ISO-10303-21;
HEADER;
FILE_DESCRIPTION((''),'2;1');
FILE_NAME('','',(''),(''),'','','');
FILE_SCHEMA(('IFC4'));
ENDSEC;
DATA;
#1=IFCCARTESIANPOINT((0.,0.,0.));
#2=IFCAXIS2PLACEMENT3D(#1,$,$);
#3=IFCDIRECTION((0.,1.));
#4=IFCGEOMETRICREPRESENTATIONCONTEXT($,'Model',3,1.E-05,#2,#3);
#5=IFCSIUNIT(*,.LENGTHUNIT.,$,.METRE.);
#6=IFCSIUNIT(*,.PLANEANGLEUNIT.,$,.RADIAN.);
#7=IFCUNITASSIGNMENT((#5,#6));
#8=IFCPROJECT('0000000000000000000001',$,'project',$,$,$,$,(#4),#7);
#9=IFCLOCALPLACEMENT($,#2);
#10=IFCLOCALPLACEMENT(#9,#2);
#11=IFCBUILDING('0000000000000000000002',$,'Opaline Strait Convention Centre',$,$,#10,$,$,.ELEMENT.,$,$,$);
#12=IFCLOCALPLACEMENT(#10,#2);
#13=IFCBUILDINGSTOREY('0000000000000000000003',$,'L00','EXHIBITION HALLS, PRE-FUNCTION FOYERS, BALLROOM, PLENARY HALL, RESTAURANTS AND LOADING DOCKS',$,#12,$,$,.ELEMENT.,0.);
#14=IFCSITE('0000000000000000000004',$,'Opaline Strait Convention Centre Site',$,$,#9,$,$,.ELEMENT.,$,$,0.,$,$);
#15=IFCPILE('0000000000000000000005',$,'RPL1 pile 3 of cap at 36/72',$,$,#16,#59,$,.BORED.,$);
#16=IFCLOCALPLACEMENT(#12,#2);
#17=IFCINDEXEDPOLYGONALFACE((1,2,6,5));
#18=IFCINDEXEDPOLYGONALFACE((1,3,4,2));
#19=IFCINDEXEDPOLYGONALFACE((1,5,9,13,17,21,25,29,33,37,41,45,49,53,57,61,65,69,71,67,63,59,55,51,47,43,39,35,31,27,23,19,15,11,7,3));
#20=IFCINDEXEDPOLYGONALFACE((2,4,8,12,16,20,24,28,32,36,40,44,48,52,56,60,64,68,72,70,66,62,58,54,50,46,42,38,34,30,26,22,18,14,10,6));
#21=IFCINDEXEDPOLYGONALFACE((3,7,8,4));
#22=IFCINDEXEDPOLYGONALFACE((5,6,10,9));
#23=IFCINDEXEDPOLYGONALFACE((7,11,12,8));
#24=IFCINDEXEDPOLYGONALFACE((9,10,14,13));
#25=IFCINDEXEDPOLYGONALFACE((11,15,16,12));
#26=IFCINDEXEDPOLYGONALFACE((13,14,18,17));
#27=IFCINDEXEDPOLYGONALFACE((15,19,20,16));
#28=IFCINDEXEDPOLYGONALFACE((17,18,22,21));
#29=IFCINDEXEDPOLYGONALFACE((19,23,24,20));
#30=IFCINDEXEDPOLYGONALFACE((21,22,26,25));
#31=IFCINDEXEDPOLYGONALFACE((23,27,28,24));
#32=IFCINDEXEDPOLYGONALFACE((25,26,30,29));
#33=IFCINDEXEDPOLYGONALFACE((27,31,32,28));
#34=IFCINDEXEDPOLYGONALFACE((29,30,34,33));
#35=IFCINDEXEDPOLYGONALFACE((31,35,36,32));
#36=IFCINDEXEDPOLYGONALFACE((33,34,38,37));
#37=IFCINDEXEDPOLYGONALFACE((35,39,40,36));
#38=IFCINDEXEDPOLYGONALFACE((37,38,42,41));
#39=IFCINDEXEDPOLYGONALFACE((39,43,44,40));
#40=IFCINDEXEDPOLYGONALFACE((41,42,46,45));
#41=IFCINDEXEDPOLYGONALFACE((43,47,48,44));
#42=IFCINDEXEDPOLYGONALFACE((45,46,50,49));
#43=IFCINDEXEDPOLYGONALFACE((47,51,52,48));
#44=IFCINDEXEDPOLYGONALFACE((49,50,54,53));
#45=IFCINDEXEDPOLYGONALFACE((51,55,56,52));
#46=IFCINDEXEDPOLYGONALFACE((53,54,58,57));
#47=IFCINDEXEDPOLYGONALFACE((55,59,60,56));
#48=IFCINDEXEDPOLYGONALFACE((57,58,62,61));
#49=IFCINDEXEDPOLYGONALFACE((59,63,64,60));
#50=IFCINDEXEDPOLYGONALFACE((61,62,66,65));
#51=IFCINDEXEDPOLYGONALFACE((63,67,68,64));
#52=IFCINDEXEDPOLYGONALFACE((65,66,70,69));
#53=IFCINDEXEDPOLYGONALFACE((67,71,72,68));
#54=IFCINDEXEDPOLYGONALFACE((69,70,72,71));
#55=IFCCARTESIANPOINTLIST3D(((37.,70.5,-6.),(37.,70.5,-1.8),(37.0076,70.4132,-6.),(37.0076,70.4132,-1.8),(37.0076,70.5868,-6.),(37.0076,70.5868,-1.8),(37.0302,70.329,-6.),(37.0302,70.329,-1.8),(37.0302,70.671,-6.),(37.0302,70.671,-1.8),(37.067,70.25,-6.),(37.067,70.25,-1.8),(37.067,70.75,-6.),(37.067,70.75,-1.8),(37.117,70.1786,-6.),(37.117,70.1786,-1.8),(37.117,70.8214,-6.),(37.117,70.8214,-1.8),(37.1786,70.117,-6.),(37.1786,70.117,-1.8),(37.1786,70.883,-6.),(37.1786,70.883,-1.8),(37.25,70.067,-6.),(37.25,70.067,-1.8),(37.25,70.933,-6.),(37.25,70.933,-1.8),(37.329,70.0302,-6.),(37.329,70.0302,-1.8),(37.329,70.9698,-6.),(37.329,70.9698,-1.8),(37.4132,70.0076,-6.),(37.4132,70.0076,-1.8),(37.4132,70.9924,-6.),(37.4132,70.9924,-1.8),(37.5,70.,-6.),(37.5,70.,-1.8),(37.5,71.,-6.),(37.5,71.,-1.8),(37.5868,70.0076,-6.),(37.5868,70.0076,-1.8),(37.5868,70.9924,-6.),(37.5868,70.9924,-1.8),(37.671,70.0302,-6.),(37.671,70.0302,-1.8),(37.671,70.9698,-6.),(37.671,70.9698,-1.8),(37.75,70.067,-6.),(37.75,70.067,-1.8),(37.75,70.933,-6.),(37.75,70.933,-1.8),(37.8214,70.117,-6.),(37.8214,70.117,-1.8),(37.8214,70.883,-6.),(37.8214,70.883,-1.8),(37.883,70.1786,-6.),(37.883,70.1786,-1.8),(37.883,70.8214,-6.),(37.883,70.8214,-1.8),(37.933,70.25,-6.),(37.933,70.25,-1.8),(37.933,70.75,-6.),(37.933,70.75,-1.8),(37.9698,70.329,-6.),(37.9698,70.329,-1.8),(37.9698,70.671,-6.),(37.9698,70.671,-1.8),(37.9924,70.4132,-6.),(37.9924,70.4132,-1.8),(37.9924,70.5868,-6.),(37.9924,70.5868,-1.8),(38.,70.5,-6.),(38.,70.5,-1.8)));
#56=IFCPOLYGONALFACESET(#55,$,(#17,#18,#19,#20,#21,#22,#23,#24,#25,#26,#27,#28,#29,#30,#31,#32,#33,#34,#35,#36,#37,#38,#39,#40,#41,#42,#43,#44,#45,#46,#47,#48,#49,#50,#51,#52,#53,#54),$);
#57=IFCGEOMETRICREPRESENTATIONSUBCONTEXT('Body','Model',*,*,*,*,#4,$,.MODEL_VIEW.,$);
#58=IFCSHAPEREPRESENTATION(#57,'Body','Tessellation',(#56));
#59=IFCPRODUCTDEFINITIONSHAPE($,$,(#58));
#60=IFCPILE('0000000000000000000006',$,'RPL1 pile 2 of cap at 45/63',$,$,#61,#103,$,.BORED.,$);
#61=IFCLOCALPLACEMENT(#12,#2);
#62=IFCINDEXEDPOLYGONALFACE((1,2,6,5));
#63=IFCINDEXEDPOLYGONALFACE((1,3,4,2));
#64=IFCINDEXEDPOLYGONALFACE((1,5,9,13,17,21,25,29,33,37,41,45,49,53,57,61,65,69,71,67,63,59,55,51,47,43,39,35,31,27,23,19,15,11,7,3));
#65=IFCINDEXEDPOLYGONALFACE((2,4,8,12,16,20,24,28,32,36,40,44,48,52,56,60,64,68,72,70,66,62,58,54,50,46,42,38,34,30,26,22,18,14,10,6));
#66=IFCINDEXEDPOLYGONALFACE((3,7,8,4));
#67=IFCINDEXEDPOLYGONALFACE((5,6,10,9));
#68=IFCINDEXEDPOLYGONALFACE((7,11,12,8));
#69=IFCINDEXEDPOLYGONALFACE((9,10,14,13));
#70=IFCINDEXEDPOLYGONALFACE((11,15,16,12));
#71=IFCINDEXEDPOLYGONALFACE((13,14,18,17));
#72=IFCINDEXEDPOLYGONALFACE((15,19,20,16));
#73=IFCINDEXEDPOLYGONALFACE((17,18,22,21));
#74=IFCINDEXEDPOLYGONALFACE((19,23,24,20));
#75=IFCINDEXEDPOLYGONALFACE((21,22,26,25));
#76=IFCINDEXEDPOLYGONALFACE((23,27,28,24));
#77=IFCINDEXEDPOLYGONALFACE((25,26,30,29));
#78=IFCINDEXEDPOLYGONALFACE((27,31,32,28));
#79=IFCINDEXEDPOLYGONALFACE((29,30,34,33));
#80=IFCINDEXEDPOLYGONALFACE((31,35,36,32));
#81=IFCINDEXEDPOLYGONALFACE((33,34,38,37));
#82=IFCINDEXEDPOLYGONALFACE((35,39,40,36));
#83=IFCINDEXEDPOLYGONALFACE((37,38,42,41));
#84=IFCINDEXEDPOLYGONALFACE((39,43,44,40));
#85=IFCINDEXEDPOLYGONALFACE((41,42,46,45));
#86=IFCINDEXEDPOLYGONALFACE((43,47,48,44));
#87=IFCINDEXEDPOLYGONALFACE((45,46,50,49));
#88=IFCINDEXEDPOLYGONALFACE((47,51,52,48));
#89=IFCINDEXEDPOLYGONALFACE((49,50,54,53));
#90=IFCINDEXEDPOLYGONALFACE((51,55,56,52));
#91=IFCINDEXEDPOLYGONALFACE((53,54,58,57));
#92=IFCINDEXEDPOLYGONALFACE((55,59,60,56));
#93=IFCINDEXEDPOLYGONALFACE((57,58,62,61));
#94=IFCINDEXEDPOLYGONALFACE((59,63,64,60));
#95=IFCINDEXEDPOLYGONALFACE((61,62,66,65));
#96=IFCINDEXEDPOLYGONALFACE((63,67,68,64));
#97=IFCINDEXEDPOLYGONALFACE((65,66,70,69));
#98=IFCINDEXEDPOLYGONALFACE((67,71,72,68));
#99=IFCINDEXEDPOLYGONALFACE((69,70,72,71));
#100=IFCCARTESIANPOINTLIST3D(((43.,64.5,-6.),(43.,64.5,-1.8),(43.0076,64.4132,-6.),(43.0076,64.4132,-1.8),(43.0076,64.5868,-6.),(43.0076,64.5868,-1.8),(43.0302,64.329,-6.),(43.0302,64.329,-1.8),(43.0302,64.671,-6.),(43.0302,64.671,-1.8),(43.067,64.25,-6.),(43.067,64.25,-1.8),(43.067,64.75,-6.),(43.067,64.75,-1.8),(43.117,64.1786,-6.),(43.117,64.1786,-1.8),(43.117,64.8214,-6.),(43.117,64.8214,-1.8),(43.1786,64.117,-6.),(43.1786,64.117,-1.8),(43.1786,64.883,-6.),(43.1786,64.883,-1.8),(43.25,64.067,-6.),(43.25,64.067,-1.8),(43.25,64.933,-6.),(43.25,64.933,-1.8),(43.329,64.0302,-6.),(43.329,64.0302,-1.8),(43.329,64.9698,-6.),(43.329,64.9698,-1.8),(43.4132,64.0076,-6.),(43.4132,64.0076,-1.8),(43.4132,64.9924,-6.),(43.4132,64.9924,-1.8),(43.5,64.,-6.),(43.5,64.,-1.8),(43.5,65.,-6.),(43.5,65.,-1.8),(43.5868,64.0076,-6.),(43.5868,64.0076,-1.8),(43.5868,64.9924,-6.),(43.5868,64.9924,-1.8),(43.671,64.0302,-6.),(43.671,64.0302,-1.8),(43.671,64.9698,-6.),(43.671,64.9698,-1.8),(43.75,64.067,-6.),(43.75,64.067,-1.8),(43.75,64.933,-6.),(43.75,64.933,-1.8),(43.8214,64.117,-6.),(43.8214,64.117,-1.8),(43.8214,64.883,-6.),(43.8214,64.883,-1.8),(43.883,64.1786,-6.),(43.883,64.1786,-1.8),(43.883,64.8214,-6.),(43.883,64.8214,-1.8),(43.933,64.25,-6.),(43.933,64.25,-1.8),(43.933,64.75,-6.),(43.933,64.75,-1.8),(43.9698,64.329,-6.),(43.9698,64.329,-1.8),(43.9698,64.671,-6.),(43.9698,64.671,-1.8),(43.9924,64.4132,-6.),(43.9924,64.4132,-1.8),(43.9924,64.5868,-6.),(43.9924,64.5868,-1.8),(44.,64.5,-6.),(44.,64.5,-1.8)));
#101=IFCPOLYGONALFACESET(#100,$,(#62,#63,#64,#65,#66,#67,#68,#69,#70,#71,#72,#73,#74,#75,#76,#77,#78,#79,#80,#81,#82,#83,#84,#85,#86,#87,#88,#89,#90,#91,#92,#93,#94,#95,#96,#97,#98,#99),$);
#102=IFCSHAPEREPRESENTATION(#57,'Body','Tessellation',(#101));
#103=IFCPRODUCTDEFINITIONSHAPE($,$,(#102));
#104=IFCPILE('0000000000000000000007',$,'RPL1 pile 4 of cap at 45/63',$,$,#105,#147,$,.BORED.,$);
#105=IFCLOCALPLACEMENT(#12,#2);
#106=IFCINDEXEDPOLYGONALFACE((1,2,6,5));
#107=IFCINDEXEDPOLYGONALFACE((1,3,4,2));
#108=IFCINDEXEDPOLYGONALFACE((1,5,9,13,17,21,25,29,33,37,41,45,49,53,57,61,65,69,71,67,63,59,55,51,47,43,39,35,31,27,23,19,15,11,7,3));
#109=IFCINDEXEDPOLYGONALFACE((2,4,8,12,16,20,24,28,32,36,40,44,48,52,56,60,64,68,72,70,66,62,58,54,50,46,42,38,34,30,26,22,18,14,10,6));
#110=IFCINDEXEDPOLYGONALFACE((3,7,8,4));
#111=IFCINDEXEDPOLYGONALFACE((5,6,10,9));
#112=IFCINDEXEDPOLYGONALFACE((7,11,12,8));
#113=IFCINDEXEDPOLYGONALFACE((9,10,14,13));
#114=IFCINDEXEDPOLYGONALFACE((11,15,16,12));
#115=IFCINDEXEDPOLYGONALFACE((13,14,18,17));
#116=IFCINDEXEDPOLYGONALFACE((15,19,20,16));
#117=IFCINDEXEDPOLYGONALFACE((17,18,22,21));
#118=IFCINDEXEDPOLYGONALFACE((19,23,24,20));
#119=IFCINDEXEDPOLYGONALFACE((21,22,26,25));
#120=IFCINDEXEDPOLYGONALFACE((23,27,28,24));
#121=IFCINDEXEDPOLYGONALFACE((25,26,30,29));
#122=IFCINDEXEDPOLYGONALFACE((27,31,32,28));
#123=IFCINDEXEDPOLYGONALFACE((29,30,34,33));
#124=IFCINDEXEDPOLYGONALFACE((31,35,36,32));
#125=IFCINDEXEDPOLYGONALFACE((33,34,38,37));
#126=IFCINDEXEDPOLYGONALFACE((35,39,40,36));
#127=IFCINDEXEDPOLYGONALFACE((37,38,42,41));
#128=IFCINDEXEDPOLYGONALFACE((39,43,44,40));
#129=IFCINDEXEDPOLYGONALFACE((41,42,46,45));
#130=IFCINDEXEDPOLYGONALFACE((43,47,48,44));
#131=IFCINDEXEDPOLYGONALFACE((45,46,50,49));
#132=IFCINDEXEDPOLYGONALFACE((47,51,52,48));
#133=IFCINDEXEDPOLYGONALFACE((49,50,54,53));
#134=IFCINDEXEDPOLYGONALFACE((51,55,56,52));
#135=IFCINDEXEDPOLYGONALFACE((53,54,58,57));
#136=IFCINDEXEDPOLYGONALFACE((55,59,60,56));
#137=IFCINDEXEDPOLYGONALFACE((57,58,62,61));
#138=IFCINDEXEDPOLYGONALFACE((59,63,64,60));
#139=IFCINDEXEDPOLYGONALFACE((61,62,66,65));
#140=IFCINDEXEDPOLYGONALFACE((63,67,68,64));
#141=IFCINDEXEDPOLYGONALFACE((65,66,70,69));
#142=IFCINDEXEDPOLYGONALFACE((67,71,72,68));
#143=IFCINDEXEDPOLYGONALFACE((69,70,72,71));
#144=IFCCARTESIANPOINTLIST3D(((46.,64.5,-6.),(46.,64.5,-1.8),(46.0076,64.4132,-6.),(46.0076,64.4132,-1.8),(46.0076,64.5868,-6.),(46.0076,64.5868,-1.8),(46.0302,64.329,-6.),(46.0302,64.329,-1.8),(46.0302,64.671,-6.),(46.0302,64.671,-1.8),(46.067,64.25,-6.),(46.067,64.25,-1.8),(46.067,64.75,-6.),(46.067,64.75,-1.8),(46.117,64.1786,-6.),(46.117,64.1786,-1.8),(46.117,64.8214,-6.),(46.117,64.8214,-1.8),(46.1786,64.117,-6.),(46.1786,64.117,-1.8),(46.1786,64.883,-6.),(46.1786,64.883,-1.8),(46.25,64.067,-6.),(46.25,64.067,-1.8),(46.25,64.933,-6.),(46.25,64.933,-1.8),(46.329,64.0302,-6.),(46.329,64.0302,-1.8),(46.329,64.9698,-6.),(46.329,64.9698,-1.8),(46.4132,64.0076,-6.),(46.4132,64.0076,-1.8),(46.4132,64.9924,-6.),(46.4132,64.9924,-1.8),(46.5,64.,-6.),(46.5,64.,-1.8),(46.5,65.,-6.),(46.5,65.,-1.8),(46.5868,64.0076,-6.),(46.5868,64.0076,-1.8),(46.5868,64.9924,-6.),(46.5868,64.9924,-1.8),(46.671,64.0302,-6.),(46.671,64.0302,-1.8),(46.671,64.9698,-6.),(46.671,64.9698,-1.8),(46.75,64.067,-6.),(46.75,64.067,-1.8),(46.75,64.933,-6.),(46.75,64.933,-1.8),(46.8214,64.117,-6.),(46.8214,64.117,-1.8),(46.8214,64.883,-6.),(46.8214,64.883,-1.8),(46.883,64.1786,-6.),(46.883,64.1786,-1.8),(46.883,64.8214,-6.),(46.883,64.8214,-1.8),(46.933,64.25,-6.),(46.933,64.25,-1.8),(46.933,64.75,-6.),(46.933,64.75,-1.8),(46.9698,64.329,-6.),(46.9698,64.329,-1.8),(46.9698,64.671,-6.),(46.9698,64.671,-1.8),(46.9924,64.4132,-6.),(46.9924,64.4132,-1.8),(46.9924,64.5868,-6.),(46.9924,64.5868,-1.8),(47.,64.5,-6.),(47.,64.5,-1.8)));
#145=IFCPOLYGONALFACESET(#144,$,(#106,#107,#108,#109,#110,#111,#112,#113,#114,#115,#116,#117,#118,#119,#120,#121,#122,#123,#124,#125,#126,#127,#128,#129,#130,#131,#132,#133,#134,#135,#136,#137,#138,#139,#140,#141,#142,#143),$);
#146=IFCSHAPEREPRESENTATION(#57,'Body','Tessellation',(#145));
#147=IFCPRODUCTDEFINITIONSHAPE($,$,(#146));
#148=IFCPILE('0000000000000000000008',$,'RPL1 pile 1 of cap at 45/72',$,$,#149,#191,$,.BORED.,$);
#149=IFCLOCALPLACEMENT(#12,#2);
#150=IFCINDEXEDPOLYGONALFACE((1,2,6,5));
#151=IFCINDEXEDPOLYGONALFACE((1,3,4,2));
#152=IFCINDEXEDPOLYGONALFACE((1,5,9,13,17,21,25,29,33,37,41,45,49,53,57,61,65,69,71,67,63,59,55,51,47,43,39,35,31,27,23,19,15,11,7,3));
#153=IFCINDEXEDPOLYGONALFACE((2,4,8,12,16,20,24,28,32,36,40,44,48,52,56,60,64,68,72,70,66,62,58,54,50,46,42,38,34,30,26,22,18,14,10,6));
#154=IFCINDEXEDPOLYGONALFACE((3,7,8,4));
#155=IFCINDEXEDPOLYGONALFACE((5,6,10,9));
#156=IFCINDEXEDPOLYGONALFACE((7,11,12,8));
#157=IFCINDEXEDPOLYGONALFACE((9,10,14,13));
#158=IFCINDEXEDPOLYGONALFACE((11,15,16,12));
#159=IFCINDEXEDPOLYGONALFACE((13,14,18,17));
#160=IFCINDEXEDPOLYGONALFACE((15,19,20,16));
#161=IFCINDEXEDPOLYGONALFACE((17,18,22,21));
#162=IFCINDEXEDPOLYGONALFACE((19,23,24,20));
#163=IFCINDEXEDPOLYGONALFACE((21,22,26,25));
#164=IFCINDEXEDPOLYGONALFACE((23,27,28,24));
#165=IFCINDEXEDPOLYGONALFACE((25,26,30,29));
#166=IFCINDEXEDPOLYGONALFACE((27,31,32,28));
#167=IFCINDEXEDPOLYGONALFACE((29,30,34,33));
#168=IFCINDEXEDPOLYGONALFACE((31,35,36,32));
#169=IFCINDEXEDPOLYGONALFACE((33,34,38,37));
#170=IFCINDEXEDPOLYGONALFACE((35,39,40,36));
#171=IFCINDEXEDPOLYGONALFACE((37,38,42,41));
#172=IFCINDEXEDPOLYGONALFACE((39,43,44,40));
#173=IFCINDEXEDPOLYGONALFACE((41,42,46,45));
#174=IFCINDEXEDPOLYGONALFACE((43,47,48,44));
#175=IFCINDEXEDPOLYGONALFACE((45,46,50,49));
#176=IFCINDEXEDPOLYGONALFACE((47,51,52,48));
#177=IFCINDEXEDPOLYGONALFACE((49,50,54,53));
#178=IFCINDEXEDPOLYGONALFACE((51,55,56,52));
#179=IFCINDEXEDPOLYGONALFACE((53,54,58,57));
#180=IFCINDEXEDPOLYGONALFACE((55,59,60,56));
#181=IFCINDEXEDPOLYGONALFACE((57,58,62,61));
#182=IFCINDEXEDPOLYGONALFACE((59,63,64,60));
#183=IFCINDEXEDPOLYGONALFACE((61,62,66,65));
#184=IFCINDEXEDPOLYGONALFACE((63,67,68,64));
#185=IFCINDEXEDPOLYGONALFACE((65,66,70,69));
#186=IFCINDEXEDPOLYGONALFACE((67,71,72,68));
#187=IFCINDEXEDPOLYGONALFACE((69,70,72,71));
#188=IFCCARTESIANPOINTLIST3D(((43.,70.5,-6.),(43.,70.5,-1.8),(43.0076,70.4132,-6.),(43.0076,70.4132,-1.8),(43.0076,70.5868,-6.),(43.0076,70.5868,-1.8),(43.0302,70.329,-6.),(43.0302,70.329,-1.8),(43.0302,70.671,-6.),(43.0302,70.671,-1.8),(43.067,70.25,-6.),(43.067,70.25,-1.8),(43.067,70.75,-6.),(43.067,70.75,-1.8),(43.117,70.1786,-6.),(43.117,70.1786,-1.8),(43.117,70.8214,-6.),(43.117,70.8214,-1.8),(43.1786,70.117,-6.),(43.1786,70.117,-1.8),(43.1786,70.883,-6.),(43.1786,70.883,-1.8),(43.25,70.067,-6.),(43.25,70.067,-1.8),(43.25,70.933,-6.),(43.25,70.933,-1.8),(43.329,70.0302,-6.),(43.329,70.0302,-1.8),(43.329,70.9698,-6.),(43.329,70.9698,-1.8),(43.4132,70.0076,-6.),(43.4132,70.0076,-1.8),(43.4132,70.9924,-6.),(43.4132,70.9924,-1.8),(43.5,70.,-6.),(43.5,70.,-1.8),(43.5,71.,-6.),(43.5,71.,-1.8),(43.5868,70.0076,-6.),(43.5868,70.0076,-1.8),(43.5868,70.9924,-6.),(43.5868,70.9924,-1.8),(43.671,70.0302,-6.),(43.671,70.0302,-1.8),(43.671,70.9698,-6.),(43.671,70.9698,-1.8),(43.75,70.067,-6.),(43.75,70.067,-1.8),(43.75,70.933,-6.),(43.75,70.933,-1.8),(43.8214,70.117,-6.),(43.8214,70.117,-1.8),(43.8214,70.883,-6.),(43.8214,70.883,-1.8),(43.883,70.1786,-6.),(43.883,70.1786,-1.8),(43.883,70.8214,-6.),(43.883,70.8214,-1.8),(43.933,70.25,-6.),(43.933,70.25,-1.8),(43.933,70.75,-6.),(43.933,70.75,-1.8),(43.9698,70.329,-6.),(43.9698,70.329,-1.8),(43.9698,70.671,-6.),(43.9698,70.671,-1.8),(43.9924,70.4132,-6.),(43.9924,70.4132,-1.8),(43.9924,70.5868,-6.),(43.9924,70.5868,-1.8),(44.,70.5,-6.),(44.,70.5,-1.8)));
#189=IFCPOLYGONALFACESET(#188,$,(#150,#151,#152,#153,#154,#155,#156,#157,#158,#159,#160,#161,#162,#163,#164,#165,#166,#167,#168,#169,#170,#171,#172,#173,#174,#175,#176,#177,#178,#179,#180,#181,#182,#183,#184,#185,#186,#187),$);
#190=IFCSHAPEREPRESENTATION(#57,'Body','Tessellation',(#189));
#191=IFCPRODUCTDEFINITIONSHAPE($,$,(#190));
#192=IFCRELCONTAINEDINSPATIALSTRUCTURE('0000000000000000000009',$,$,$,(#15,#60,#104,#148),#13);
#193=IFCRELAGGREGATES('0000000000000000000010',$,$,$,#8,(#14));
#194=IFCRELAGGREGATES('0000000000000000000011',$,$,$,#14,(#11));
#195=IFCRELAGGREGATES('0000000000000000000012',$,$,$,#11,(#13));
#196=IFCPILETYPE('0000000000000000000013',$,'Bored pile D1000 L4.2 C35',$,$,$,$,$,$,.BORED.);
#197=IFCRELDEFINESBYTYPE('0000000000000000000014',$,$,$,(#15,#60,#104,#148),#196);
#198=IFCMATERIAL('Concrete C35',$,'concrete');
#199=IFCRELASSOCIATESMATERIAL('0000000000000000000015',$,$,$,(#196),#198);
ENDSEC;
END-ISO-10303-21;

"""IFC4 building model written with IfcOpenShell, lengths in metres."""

from ifc_helpers import new_model, si_unit, direction, frame, origin, origin_2d, place, context, subcontext, project, spatial, circle, extrude, material, material_profile, profile_set, type_object, element, save


model = new_model("IFC4")

# Units and contexts
model_context = context("Model", 3, precision=1e-05, world=origin(), true_north=direction((0.0, 1.0)))
body_context = subcontext(model_context, "Body", "Model", "MODEL_VIEW")
ifc_project = project(units=[si_unit("LENGTHUNIT", "METRE"), si_unit("PLANEANGLEUNIT", "RADIAN")], contexts=[model_context])

# Site, building, storey
site_placement = place(None, origin())
site = spatial("IfcSite", under=ifc_project, at=site_placement, Name="Opaline Strait Convention Centre Site", CompositionType="ELEMENT", RefElevation=0.0)
building_placement = place(site_placement, origin())
building = spatial("IfcBuilding", under=site, at=building_placement, Name="Opaline Strait Convention Centre", CompositionType="ELEMENT")
storey_placement = place(building_placement, origin())
storey = spatial("IfcBuildingStorey", under=building, at=storey_placement, Name="L00", Description="EXHIBITION HALLS, PRE-FUNCTION FOYERS, BALLROOM, PLENARY HALL, RESTAURANTS AND LOADING DOCKS", CompositionType="ELEMENT", Elevation=0.0)

# Piles
ifc_material_1 = material(Name="Concrete C35", Category="concrete")
ifc_material_profile_1 = material_profile(ifc_material_1, circle(Radius=0.5, at=origin_2d()), Name="D1000")
ifc_profile_set_1 = profile_set([ifc_material_profile_1], Name="Concrete C35")
pile_type = type_object("IfcPileType", Name="Bored pile D1000 L4.2 C35", PredefinedType="BORED", material=ifc_profile_set_1)
for number, where, z_axis, x_axis, name in (
    (1, (37.5, 70.5, -1.8), (0.0, 0.0, -1.0), (1.0, 0.0, 0.0), "RPL1 pile 3 of cap at 36/72"),
    (2, (43.5, 64.5, -1.8), (0.0, 0.0, -1.0), (1.0, 0.0, 0.0), "RPL1 pile 2 of cap at 45/63"),
    (3, (46.5, 64.5, -1.8), (0.0, 0.0, -1.0), (1.0, 0.0, 0.0), "RPL1 pile 4 of cap at 45/63"),
    (4, (43.5, 70.5, -1.8), (0.0, 0.0, -1.0), (1.0, 0.0, 0.0), "RPL1 pile 1 of cap at 45/72"),
):
    element("IfcPile", number, at=place(storey_placement, frame(where, z_axis=z_axis, x_axis=x_axis)), inside=storey, type_object=pile_type, Name=name, PredefinedType="BORED", context=body_context, shape_type="SweptSolid", body=[
        extrude(circle(Radius=0.5, at=origin_2d()), origin(), (0.0, 0.0, 1.0), 4.2),
    ])

save(model, "model.ifc")
